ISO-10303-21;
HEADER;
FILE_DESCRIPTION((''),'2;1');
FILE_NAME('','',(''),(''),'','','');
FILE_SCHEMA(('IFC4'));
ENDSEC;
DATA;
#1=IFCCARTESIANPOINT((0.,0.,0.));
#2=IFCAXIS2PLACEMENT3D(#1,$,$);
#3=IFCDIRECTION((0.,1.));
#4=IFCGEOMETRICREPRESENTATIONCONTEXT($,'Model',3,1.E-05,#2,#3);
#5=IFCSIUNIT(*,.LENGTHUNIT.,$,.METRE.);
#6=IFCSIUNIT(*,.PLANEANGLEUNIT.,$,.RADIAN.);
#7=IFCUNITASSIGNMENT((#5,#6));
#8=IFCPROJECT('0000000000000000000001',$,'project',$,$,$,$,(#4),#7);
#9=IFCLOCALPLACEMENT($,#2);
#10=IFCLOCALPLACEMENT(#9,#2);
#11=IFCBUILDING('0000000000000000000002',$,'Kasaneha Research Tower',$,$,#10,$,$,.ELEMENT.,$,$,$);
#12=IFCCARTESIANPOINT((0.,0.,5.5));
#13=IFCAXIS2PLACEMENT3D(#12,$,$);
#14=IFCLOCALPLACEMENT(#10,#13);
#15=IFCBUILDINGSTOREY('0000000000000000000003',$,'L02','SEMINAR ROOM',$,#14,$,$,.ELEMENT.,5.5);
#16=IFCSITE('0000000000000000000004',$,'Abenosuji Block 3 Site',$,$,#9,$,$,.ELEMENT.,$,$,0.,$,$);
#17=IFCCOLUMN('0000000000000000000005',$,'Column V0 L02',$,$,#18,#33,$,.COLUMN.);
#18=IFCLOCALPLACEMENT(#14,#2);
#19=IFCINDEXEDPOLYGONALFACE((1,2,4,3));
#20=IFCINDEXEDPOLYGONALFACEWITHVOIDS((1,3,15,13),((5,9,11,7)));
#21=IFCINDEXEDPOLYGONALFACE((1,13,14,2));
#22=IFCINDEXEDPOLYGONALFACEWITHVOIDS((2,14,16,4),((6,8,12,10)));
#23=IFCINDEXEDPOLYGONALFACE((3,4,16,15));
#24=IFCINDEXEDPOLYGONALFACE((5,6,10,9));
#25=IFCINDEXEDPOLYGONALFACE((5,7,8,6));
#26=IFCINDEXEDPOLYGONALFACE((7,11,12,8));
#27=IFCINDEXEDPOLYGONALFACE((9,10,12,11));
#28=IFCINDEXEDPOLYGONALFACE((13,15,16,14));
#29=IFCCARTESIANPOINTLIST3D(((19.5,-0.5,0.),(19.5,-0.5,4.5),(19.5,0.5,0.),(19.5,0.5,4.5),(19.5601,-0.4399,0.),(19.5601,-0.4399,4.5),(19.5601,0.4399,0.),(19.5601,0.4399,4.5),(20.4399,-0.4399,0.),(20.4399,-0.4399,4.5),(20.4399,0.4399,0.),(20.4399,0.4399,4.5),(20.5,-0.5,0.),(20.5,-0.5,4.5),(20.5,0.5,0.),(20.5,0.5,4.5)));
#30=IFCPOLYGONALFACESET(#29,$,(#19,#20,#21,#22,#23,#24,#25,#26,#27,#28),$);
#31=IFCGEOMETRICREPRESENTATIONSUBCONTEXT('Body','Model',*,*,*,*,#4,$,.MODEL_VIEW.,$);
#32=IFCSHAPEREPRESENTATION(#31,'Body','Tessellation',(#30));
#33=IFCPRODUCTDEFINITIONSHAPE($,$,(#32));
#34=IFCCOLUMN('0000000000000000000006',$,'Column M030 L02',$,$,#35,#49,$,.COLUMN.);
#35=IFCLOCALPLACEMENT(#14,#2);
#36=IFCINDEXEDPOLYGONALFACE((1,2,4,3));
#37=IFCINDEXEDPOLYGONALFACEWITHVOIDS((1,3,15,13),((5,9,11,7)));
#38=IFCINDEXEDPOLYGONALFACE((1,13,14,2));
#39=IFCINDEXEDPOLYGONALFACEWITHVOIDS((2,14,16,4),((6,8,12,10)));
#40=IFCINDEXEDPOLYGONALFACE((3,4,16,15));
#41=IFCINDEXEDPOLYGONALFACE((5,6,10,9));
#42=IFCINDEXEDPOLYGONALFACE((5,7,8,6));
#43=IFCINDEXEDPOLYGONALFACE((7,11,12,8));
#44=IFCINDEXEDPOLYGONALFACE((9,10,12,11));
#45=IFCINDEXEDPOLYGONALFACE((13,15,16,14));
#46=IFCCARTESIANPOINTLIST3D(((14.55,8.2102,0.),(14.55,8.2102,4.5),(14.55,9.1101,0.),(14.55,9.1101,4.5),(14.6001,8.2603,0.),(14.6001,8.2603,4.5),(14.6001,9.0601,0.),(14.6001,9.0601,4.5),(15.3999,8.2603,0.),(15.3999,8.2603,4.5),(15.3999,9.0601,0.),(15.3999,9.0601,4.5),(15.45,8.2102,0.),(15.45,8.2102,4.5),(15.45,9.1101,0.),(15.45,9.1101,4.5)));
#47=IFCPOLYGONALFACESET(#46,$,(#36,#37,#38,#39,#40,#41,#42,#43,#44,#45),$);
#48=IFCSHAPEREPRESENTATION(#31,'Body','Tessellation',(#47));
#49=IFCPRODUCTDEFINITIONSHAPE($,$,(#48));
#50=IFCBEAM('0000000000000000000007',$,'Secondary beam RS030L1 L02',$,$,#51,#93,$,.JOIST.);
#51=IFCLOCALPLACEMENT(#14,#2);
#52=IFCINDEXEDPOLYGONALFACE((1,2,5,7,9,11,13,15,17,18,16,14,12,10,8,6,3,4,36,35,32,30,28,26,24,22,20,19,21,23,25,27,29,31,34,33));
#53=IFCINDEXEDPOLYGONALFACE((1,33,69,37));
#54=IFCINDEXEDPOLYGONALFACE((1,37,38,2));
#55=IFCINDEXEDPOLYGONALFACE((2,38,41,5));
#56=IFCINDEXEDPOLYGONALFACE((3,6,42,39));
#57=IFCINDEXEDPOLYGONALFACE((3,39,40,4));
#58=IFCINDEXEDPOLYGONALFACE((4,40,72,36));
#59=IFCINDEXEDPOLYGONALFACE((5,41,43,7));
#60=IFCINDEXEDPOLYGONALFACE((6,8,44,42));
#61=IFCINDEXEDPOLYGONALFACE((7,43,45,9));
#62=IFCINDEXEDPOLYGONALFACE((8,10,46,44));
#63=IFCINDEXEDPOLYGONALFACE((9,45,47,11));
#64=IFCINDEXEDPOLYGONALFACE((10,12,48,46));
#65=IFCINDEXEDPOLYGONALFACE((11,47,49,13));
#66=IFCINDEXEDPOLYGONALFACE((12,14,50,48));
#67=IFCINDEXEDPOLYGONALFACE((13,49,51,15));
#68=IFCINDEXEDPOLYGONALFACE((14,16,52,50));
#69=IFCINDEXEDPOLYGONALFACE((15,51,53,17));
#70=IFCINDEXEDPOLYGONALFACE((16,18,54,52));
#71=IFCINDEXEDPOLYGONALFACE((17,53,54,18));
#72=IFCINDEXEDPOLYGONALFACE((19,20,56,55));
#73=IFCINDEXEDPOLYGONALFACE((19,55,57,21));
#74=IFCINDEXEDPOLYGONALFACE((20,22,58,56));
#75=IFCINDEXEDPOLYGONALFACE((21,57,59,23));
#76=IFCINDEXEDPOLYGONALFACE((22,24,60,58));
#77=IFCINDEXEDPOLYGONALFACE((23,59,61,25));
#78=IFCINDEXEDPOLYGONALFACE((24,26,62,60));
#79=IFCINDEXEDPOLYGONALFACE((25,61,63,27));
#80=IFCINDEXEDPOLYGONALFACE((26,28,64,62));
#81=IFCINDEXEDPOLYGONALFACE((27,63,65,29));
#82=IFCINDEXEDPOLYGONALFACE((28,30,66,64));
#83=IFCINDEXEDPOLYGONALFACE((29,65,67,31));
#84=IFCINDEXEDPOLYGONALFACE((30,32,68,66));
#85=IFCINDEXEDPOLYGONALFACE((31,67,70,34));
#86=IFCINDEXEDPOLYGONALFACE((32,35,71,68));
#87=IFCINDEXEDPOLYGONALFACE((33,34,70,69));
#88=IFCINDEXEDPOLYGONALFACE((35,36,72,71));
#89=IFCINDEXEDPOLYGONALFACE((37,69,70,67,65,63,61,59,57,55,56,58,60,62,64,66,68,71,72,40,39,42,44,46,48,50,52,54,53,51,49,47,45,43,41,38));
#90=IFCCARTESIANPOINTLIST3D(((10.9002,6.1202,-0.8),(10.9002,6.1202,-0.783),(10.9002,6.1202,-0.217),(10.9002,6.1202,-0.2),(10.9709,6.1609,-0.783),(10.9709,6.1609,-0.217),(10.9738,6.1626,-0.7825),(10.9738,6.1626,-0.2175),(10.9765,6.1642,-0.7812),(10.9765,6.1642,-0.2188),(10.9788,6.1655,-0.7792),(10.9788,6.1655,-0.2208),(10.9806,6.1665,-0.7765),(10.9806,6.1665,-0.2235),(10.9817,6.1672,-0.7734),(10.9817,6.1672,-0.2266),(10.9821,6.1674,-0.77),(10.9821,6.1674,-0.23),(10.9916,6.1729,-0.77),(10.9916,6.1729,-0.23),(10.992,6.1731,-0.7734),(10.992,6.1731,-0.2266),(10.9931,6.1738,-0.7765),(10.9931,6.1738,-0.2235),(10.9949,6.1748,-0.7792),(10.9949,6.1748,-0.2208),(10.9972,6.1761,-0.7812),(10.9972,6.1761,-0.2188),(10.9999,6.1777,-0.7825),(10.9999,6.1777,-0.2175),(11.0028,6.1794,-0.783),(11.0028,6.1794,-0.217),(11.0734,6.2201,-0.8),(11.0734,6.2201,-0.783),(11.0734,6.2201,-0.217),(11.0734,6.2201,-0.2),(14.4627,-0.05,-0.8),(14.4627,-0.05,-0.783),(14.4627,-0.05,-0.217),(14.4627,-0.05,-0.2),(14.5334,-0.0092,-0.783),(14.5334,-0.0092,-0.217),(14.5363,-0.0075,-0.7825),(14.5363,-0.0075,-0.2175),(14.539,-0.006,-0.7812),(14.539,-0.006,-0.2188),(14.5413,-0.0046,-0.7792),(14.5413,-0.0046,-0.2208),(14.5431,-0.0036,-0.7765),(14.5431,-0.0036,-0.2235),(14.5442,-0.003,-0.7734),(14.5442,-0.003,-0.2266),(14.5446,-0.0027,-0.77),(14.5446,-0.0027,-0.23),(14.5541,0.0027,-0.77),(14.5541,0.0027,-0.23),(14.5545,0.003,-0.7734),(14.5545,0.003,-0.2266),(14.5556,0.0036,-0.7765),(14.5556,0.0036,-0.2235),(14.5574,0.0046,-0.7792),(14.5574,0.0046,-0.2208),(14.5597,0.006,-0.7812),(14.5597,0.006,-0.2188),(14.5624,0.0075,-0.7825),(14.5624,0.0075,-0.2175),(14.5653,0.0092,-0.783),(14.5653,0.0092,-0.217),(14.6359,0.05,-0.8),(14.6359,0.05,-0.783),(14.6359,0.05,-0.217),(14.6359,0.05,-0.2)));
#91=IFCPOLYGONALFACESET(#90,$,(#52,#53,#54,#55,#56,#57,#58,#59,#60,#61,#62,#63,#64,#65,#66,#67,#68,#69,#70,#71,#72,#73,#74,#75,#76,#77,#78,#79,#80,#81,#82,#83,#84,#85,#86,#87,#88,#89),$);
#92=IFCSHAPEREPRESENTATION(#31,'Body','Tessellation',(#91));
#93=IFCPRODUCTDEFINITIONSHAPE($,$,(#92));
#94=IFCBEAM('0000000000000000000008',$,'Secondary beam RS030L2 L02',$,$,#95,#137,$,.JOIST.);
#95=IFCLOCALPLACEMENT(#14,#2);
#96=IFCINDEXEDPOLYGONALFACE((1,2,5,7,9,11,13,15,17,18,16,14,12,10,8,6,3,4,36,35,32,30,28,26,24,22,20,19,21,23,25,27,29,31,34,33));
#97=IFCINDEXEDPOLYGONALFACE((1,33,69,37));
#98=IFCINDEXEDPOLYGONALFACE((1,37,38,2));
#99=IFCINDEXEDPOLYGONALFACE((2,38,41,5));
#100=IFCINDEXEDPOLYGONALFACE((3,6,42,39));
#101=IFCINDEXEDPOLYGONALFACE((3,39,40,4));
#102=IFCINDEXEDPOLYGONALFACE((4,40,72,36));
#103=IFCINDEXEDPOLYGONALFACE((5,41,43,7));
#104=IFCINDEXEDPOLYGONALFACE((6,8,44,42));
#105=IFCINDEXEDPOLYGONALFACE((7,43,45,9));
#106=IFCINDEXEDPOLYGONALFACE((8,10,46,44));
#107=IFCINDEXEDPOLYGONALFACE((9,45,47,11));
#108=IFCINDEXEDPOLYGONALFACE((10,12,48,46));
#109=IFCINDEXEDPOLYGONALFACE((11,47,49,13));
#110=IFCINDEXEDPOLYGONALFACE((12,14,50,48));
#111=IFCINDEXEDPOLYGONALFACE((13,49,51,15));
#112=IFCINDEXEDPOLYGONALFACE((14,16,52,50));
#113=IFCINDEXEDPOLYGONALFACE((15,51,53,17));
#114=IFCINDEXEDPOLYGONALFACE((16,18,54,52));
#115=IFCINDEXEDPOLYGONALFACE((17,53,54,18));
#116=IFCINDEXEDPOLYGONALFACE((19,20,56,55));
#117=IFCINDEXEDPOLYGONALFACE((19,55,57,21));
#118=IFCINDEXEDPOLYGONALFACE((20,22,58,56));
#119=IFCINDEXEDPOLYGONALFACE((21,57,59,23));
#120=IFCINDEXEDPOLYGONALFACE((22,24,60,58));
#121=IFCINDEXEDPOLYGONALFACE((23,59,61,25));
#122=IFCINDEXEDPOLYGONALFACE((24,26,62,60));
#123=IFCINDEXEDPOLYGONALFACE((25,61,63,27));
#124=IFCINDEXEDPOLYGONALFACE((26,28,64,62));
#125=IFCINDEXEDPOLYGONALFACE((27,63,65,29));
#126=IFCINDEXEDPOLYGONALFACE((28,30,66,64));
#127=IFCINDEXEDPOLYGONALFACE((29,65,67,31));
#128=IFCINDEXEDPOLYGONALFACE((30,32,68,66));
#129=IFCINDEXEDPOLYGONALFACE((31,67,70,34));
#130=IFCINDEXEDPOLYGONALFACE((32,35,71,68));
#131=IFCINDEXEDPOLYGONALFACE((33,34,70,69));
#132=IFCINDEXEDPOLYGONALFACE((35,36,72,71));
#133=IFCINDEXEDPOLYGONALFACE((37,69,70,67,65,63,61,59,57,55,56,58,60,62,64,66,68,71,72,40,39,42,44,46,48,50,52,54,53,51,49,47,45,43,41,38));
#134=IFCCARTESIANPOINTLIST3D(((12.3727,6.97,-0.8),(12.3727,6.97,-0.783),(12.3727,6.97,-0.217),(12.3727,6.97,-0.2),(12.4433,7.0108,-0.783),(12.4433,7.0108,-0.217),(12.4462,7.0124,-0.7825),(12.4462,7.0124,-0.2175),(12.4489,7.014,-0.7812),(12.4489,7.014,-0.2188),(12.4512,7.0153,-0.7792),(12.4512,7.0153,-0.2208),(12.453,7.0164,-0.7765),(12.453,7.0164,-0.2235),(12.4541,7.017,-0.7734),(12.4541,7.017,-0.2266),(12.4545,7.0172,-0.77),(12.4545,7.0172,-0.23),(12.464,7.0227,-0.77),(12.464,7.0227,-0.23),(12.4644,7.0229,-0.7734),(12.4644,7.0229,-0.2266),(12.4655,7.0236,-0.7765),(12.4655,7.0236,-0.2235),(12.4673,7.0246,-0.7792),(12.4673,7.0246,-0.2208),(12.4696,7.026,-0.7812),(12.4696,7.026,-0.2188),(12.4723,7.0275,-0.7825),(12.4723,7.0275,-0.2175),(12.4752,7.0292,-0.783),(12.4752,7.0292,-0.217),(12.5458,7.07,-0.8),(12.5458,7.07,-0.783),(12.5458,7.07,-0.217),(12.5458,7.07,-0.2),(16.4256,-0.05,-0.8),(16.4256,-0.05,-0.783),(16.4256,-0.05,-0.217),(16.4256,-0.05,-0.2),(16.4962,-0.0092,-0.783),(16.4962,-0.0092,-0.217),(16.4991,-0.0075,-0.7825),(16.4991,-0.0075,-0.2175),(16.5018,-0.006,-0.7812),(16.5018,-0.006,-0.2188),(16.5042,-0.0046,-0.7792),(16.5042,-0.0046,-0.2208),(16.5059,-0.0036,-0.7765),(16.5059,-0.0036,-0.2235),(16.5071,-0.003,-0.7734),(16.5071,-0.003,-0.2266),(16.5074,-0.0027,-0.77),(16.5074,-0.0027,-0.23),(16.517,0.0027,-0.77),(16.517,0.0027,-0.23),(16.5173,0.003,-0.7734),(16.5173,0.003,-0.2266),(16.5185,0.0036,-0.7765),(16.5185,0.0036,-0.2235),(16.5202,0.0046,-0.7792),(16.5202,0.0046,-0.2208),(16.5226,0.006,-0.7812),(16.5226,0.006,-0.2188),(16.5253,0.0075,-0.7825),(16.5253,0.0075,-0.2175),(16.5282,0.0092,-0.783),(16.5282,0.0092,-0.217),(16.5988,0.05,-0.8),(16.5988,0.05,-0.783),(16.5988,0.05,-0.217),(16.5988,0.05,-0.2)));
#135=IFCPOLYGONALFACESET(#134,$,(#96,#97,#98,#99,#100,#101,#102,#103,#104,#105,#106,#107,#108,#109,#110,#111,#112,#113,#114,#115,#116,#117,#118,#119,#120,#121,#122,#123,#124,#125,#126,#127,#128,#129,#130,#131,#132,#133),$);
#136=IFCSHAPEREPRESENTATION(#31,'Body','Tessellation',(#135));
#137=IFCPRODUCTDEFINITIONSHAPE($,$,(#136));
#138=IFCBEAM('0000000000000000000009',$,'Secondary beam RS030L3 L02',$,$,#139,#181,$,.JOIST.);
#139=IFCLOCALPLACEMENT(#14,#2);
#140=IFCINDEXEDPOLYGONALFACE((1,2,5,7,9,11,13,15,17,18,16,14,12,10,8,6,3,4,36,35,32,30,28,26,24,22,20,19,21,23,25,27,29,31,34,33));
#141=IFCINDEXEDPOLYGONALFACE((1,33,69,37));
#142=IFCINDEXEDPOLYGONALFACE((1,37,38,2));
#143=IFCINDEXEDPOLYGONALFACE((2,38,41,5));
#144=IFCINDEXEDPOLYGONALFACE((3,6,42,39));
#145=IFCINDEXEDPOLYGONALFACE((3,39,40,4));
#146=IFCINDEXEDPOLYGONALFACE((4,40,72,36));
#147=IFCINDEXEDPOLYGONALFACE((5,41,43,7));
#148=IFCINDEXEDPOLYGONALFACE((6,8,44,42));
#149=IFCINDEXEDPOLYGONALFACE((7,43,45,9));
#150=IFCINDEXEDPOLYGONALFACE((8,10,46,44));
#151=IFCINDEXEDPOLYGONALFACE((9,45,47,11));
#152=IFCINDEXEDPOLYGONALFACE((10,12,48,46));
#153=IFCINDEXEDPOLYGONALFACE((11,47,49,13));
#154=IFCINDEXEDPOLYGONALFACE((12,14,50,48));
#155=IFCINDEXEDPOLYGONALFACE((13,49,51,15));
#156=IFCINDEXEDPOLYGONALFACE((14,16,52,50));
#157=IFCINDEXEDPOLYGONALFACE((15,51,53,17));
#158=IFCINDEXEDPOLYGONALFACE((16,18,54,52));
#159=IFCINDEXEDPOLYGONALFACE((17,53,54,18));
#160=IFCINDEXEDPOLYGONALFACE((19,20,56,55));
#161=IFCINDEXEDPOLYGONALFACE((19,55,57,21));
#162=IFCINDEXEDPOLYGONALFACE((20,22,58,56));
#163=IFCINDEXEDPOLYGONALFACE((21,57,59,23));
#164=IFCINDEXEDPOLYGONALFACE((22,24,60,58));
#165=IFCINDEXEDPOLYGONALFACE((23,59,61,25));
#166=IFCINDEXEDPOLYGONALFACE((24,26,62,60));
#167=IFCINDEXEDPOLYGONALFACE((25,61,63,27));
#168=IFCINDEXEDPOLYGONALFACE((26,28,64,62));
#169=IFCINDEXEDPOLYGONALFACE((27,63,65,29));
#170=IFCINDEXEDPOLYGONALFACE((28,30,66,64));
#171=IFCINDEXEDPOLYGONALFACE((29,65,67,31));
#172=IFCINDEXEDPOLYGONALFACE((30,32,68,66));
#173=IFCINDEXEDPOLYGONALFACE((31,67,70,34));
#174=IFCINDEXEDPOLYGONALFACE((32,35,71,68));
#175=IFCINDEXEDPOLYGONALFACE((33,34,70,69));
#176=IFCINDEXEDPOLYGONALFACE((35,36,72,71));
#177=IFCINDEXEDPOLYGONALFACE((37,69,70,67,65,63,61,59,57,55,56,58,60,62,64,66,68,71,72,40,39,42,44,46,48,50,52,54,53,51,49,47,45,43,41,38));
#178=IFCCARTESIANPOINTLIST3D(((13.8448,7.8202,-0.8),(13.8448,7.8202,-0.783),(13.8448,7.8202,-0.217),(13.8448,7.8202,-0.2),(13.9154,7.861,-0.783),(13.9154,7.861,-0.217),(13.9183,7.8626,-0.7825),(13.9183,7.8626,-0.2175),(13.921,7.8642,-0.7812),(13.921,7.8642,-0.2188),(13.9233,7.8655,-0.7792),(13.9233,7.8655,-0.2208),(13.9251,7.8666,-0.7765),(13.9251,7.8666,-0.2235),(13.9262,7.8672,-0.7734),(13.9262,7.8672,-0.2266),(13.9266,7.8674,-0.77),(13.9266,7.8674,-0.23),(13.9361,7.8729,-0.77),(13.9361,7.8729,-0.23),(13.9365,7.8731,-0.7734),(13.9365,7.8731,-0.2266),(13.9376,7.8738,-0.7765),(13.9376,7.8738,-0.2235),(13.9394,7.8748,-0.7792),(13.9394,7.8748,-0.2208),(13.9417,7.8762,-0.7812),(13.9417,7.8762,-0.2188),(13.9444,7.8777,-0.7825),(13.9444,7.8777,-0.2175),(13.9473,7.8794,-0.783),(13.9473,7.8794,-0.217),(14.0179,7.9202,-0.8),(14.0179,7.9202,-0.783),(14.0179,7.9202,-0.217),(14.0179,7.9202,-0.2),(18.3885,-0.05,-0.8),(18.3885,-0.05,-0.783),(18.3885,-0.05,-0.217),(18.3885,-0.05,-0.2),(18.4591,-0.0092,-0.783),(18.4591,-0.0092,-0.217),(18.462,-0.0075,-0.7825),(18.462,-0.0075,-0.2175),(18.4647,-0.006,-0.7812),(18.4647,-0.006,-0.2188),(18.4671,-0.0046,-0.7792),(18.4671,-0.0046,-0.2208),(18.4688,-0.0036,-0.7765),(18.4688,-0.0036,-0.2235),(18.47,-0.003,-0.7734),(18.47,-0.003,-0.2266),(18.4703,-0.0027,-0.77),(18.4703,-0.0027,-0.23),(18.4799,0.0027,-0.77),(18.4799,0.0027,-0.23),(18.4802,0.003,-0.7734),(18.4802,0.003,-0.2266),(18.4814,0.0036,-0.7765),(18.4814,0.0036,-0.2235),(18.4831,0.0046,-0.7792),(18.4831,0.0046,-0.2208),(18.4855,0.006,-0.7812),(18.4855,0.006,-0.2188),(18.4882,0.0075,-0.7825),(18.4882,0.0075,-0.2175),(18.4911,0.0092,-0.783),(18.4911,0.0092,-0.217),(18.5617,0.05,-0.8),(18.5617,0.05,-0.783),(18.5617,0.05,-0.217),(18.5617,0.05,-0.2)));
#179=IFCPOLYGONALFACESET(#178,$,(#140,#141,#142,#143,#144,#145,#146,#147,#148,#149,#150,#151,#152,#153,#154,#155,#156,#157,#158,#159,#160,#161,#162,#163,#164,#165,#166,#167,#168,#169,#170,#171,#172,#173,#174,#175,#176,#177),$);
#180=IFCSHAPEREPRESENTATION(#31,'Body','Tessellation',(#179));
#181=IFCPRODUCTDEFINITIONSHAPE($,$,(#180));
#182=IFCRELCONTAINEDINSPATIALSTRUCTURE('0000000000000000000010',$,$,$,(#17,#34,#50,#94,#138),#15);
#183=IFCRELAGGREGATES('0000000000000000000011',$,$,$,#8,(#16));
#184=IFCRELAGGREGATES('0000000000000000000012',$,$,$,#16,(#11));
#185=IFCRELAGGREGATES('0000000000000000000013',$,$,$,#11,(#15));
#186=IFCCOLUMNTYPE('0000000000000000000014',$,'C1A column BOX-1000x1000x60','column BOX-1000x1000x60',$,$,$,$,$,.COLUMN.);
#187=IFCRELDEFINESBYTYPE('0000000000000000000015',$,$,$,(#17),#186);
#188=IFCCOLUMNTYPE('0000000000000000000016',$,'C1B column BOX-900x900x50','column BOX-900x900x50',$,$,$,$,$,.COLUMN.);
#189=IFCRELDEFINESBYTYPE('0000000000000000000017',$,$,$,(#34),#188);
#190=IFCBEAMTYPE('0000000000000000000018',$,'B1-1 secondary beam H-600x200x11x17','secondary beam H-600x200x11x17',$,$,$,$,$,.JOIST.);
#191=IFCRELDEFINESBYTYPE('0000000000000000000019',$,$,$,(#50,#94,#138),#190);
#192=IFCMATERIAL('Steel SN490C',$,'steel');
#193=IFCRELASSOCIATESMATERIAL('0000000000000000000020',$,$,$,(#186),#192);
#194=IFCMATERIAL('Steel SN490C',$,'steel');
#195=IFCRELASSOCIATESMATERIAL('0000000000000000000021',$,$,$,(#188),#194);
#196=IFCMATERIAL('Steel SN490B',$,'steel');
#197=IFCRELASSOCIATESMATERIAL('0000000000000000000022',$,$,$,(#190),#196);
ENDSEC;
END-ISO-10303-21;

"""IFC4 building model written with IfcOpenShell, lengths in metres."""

from ifc_helpers import new_model, si_unit, direction, frame, origin, origin_2d, place, context, subcontext, project, spatial, hollow_rectangle, i_section, extrude, material, material_profile, profile_set, type_object, element, save


model = new_model("IFC4")

# Units and contexts
model_context = context("Model", 3, precision=1e-05, world=origin(), true_north=direction((0.0, 1.0)))
body_context = subcontext(model_context, "Body", "Model", "MODEL_VIEW")
ifc_project = project(units=[si_unit("LENGTHUNIT", "METRE"), si_unit("PLANEANGLEUNIT", "RADIAN")], contexts=[model_context])

# Site, building, storey
site_placement = place(None, origin())
site = spatial("IfcSite", under=ifc_project, at=site_placement, Name="Abenosuji Block 3 Site", CompositionType="ELEMENT", RefElevation=0.0)
building_placement = place(site_placement, origin())
building = spatial("IfcBuilding", under=site, at=building_placement, Name="Kasaneha Research Tower", CompositionType="ELEMENT")
storey_placement = place(building_placement, frame((0.0, 0.0, 5.5)))
storey = spatial("IfcBuildingStorey", under=building, at=storey_placement, Name="L02", Description="SEMINAR ROOM", CompositionType="ELEMENT", Elevation=5.5)

# Columns
ifc_material_1 = material(Name="Steel SN490C", Category="steel")
ifc_material_profile_1 = material_profile(ifc_material_1, hollow_rectangle(XDim=1.0, YDim=1.0, WallThickness=0.0601, at=origin_2d()), Name="BOX-1000x1000x60")
ifc_profile_set_1 = profile_set([ifc_material_profile_1], Name="Steel SN490C")
column_type_1 = type_object("IfcColumnType", Name="C1A column BOX-1000x1000x60", Description="column BOX-1000x1000x60", PredefinedType="COLUMN", material=ifc_profile_set_1)
column_1_placement = place(storey_placement, frame((20.0, 0.0, 0.0), z_axis=(0.0, 0.0, 1.0), x_axis=(1.0, 0.0, 0.0)))
element("IfcColumn", 1, at=column_1_placement, inside=storey, type_object=column_type_1, Name="Column V0 L02", PredefinedType="COLUMN", context=body_context, shape_type="SweptSolid", body=[
    extrude(hollow_rectangle(XDim=1.0, YDim=1.0, WallThickness=0.0601, at=origin_2d()), origin(), (0.0, 0.0, 1.0), 4.5),
])
ifc_material_2 = material(Name="Steel SN490C", Category="steel")
ifc_material_profile_2 = material_profile(ifc_material_2, hollow_rectangle(XDim=0.8999, YDim=0.8999, WallThickness=0.05, at=origin_2d()), Name="BOX-900x900x50")
ifc_profile_set_2 = profile_set([ifc_material_profile_2], Name="Steel SN490C")
column_type_2 = type_object("IfcColumnType", Name="C1B column BOX-900x900x50", Description="column BOX-900x900x50", PredefinedType="COLUMN", material=ifc_profile_set_2)
column_2_placement = place(storey_placement, frame((15.0, 8.6602, 0.0), z_axis=(0.0, 0.0, 1.0), x_axis=(1.0, 0.0, 0.0)))
element("IfcColumn", 2, at=column_2_placement, inside=storey, type_object=column_type_2, Name="Column M030 L02", PredefinedType="COLUMN", context=body_context, shape_type="SweptSolid", body=[
    extrude(hollow_rectangle(XDim=0.8999, YDim=0.8999, WallThickness=0.05, at=origin_2d()), origin(), (0.0, 0.0, 1.0), 4.5),
])

# Beams
ifc_material_3 = material(Name="Steel SN490B", Category="steel")
ifc_material_profile_3 = material_profile(ifc_material_3, i_section(OverallWidth=0.2, OverallDepth=0.6001, WebThickness=0.011, FlangeThickness=0.0171, FilletRadius=0.0129, at=origin_2d()), Name="H-600x200x11x17")
ifc_profile_set_3 = profile_set([ifc_material_profile_3], Name="Steel SN490B")
beam_type_1 = type_object("IfcBeamType", Name="B1-1 secondary beam H-600x200x11x17", Description="secondary beam H-600x200x11x17", PredefinedType="JOIST", material=ifc_profile_set_3)
beam_1_placement = place(storey_placement, frame((14.5493, 0.0, -0.5), z_axis=(-0.500016, 0.866016, 0.0), x_axis=(-0.866016, -0.500016, 0.0)))
element("IfcBeam", 3, at=beam_1_placement, inside=storey, type_object=beam_type_1, Name="Secondary beam RS030L1 L02", PredefinedType="JOIST", context=body_context, shape_type="SweptSolid", body=[
    extrude(i_section(OverallWidth=0.2, OverallDepth=0.6001, WebThickness=0.011, FlangeThickness=0.0171, FilletRadius=0.0129, at=origin_2d()), origin(), (0.0, 0.0, 1.0), 7.1248),
])
beam_2_placement = place(storey_placement, frame((16.5122, 0.0, -0.5), z_axis=(-0.499997, 0.866027, 0.0), x_axis=(-0.866027, -0.499997, 0.0)))
element("IfcBeam", 4, at=beam_2_placement, inside=storey, type_object=beam_type_1, Name="Secondary beam RS030L2 L02", PredefinedType="JOIST", context=body_context, shape_type="SweptSolid", body=[
    extrude(i_section(OverallWidth=0.2, OverallDepth=0.6001, WebThickness=0.011, FlangeThickness=0.0171, FilletRadius=0.0129, at=origin_2d()), origin(), (0.0, 0.0, 1.0), 8.106),
])
beam_3_placement = place(storey_placement, frame((18.4751, 0.0, -0.5), z_axis=(-0.499991, 0.866031, 0.0), x_axis=(-0.866031, -0.499991, 0.0)))
element("IfcBeam", 5, at=beam_3_placement, inside=storey, type_object=beam_type_1, Name="Secondary beam RS030L3 L02", PredefinedType="JOIST", context=body_context, shape_type="SweptSolid", body=[
    extrude(i_section(OverallWidth=0.2, OverallDepth=0.6001, WebThickness=0.011, FlangeThickness=0.0171, FilletRadius=0.0129, at=origin_2d()), origin(), (0.0, 0.0, 1.0), 9.0876),
])

save(model, "model.ifc")
